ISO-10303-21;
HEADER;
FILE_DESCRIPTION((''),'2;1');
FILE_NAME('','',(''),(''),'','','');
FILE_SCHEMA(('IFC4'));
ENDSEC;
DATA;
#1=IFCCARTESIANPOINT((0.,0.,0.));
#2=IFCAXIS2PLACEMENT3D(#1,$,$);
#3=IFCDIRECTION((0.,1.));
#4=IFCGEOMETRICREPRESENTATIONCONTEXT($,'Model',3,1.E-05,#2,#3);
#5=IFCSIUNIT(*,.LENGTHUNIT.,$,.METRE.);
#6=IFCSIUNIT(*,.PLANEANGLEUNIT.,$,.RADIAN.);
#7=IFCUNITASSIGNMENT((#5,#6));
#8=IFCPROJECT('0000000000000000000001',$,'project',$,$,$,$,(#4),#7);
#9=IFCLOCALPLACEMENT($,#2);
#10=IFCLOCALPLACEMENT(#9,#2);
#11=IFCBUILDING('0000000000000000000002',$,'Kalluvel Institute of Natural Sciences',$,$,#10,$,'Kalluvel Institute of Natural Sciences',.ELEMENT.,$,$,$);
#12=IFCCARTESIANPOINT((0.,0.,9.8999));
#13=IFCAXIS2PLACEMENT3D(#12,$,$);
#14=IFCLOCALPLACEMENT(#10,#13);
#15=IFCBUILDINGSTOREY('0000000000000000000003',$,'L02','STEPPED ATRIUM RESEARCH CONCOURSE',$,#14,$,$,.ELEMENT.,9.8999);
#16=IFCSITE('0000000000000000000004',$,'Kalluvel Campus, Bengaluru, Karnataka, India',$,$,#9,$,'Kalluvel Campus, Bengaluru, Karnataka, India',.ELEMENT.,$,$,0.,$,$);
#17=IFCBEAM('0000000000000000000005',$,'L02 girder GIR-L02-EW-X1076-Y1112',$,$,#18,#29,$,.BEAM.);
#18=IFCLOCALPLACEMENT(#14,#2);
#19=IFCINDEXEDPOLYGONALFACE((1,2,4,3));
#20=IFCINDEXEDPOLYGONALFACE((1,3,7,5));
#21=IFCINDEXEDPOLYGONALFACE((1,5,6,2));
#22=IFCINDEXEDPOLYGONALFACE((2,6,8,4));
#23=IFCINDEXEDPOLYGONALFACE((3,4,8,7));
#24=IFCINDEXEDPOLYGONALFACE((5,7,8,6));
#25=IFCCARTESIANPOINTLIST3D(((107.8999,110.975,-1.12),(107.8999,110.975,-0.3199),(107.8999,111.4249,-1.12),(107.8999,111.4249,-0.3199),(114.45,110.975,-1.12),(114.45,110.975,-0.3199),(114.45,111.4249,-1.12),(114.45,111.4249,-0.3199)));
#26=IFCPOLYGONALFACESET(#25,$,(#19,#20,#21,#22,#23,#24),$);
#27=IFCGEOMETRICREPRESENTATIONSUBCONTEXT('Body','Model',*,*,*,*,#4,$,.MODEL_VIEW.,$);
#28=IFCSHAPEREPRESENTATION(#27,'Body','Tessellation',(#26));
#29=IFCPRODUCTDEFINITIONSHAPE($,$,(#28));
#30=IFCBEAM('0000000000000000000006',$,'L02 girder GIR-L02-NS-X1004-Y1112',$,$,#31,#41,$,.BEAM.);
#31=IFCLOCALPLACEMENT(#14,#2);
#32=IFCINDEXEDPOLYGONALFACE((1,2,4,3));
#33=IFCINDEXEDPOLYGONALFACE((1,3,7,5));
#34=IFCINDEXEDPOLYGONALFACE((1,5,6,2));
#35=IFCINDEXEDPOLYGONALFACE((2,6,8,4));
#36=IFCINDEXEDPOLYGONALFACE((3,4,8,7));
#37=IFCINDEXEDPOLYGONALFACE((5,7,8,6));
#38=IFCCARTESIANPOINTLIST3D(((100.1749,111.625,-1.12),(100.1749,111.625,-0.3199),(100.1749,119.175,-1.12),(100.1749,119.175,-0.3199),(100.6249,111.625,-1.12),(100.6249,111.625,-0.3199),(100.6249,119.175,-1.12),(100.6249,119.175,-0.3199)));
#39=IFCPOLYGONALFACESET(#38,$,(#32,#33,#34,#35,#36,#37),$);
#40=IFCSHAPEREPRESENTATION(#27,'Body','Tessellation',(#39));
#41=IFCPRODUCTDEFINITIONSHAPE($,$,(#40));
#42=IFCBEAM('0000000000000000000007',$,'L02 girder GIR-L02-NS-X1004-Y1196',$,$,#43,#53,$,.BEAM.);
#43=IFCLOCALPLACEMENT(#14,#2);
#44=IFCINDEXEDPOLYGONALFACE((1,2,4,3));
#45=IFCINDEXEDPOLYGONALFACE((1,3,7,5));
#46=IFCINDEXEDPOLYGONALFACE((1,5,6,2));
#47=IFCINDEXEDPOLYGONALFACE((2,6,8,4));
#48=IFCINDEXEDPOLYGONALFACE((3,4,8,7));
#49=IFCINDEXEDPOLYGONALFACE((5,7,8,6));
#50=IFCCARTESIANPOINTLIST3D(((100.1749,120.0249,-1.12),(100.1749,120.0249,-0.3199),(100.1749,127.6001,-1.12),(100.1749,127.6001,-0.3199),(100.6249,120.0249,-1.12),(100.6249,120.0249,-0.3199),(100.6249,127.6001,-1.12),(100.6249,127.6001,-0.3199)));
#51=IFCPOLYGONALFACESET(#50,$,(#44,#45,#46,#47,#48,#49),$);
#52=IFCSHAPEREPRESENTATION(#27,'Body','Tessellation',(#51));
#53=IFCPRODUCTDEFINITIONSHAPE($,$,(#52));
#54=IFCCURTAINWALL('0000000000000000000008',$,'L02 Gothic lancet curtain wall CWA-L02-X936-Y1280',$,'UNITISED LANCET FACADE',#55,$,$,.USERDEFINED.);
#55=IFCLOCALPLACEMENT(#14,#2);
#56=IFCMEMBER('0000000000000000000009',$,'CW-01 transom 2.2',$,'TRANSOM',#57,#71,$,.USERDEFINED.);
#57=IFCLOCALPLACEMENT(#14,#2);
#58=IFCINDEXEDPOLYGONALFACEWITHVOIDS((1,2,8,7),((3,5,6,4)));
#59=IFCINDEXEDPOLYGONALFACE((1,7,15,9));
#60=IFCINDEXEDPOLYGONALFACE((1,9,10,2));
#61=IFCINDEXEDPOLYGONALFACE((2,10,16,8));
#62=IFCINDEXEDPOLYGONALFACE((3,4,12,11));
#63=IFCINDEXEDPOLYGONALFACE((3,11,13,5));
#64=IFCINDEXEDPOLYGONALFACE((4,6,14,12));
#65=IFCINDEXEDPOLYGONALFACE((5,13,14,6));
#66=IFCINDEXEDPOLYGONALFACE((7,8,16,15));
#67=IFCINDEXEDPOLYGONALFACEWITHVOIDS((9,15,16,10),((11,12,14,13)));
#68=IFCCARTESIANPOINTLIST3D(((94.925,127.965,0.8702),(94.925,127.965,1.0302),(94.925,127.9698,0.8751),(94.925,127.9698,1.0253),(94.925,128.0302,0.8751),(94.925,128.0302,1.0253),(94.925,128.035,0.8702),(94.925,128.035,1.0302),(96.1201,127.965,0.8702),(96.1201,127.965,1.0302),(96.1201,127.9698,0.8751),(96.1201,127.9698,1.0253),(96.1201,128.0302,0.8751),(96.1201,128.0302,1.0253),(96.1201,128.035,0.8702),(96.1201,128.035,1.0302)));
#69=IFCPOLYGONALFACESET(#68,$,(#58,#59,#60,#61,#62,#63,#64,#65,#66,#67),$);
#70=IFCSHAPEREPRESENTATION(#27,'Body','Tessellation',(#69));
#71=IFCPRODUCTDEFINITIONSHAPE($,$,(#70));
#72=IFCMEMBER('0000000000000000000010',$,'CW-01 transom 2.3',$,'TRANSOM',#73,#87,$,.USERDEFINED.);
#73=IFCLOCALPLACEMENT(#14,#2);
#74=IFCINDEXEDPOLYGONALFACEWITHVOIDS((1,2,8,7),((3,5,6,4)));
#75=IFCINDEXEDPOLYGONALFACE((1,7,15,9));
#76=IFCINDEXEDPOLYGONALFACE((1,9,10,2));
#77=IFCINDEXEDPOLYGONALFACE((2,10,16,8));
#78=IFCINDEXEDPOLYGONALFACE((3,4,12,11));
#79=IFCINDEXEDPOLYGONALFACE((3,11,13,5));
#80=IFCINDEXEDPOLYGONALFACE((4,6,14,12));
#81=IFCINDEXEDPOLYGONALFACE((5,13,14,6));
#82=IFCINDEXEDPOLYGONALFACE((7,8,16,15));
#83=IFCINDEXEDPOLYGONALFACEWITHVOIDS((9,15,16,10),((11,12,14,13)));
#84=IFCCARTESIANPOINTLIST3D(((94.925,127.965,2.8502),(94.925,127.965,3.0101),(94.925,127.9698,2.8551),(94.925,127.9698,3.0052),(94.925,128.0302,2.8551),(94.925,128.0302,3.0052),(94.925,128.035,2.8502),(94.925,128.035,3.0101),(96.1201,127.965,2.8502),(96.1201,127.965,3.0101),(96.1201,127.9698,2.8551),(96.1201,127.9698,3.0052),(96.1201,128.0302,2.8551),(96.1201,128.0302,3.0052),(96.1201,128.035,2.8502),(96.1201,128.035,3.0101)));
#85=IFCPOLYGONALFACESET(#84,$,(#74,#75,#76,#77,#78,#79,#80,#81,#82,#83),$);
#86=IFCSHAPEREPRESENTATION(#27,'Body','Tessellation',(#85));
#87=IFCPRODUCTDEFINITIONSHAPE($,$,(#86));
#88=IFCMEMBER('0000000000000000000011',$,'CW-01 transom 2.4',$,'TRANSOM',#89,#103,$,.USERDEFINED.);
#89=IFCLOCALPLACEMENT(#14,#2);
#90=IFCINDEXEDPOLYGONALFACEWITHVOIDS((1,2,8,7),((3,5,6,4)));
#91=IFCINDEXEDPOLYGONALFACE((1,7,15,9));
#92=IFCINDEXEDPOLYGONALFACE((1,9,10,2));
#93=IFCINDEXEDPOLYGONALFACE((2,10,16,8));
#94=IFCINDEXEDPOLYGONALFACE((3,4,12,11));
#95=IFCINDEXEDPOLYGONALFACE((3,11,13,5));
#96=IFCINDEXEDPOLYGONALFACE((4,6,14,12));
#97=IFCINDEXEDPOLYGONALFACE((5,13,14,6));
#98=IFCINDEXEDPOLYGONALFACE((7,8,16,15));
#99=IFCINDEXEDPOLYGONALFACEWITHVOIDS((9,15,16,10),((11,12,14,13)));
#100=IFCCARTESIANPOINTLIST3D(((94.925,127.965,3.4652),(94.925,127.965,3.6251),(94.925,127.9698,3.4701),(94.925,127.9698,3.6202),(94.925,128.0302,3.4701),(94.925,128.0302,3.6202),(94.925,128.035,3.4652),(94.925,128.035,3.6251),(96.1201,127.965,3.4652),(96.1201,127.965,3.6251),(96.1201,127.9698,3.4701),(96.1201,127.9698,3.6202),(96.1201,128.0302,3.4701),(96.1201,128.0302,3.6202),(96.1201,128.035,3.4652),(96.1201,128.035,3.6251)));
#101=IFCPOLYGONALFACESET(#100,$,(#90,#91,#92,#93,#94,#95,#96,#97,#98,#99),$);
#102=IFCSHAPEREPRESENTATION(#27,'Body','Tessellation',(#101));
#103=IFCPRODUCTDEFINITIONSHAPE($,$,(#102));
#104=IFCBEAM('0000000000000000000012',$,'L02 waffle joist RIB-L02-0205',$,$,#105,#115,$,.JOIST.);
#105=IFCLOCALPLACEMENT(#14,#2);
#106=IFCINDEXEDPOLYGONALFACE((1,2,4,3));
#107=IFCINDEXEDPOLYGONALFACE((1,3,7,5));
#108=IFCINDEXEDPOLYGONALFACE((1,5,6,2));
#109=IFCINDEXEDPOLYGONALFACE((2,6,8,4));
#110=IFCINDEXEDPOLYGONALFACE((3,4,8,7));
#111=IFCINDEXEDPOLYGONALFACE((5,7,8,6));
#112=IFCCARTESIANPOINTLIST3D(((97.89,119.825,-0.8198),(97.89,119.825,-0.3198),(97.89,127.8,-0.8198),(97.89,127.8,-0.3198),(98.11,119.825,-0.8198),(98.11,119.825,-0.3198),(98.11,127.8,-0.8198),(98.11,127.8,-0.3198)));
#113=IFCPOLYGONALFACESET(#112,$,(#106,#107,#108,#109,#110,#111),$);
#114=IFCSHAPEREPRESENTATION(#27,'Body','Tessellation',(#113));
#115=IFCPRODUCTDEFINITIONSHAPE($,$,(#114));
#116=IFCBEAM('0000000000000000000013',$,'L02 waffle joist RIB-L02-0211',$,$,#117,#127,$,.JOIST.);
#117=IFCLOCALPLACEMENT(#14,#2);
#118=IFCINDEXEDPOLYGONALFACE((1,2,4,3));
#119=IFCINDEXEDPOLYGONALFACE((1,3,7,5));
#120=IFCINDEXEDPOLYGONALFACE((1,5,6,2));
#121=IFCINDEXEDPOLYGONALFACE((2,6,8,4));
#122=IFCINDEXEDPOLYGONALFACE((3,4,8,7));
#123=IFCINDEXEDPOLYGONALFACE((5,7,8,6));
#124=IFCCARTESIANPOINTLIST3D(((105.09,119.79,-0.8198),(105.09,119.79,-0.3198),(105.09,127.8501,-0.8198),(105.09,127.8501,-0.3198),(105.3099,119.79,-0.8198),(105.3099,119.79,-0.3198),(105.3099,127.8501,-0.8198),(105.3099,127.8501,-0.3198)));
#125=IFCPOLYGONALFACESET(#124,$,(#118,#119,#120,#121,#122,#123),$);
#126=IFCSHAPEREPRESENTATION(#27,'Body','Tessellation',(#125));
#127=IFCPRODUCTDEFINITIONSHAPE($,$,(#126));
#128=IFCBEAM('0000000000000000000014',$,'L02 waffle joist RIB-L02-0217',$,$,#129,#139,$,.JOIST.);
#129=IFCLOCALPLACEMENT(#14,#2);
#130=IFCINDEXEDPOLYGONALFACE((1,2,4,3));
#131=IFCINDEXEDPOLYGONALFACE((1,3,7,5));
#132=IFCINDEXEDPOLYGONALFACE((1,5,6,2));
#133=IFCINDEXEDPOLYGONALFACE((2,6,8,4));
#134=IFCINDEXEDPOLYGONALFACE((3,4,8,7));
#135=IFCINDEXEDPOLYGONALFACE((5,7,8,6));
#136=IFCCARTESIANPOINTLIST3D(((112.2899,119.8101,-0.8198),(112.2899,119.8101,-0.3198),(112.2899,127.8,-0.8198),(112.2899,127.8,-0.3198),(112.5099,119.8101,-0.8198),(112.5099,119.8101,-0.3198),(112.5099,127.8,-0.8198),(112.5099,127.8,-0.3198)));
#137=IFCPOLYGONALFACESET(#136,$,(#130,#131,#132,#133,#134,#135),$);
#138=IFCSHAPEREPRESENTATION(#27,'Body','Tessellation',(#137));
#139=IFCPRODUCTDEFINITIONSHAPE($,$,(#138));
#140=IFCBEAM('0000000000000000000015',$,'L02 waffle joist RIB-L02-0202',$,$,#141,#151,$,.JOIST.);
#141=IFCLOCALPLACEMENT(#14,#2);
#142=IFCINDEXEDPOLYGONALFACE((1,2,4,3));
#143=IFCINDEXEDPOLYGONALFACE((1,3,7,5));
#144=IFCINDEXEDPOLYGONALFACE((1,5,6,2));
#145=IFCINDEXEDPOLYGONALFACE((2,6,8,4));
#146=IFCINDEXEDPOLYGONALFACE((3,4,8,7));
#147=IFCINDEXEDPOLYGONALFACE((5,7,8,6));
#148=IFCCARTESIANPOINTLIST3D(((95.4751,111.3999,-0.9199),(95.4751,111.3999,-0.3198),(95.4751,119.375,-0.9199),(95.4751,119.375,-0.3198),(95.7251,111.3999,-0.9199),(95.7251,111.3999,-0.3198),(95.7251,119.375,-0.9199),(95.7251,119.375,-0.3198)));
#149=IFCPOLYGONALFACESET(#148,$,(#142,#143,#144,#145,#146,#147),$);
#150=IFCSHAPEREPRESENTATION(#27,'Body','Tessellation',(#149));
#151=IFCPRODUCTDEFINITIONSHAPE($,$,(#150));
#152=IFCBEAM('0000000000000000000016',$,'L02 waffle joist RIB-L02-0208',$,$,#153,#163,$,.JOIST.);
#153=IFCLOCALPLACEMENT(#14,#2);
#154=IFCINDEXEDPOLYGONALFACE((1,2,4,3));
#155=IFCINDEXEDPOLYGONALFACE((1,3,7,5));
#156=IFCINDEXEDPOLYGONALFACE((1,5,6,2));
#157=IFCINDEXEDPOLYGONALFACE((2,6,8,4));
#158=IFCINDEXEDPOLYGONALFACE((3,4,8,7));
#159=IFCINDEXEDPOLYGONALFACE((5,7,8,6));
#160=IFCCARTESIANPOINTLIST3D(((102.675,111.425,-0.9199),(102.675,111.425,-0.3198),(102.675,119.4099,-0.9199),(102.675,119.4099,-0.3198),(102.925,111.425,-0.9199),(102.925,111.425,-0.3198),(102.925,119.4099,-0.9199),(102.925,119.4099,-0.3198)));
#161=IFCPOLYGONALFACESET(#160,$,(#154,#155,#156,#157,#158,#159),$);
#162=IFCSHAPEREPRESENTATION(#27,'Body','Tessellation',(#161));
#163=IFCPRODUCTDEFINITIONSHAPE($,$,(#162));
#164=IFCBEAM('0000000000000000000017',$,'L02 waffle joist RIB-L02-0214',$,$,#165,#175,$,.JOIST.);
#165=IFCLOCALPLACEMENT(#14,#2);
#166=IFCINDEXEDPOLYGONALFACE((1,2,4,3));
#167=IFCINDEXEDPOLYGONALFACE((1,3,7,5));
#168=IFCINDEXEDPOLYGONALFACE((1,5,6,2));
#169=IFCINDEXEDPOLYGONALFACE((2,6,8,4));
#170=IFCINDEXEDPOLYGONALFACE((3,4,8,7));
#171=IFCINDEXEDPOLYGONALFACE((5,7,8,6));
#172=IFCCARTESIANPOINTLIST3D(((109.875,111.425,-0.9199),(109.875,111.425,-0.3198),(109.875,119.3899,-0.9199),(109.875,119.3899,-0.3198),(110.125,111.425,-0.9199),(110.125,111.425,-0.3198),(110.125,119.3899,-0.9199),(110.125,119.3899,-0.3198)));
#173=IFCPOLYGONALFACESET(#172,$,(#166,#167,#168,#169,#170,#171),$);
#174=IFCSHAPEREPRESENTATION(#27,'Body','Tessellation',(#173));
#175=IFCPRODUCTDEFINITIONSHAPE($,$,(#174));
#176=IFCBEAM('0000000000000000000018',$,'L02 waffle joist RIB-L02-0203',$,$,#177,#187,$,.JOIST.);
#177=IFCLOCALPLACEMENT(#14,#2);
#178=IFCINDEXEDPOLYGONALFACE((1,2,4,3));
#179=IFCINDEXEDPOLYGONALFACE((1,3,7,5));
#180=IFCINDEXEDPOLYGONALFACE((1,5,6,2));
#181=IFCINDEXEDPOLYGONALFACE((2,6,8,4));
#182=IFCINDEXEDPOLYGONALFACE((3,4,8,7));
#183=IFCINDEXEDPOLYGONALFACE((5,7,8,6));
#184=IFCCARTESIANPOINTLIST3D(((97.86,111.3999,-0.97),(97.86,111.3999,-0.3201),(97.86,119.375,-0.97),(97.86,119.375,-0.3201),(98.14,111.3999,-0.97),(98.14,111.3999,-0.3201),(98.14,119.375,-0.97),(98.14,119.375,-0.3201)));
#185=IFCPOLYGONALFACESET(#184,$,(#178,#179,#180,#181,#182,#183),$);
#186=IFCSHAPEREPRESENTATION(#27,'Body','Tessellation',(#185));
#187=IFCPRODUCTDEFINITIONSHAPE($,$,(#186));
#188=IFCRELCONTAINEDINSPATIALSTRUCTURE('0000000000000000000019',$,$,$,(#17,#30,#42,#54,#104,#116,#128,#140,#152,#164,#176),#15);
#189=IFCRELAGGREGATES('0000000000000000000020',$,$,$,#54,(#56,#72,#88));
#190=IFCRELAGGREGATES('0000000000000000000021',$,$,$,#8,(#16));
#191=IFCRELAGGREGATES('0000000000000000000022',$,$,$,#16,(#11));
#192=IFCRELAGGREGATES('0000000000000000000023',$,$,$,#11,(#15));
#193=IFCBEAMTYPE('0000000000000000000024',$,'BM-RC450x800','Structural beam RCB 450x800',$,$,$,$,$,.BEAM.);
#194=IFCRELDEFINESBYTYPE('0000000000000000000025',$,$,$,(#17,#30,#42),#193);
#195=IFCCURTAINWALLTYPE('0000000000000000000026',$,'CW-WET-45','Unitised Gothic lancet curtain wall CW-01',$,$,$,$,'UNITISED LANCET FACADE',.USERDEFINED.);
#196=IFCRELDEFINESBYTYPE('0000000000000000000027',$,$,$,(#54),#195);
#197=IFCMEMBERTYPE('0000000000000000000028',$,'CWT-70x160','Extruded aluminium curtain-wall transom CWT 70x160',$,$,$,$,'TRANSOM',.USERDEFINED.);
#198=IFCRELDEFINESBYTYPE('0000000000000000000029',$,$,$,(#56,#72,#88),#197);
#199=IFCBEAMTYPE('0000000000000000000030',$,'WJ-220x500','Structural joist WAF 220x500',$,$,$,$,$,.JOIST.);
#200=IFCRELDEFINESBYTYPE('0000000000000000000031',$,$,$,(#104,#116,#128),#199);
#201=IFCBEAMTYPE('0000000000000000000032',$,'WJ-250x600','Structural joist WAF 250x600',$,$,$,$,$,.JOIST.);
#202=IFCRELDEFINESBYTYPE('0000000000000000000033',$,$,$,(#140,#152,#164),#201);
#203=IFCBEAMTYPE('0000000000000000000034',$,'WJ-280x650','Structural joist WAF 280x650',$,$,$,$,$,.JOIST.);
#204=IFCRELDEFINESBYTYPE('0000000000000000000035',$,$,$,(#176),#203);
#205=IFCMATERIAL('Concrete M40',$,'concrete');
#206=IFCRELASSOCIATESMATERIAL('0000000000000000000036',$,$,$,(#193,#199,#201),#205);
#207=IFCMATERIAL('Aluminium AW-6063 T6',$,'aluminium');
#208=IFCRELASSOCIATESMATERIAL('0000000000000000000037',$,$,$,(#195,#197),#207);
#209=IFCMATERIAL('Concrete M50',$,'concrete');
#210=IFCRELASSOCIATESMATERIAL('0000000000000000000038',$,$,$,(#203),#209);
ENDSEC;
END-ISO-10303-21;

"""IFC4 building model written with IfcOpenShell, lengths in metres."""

from ifc_helpers import new_model, si_unit, direction, frame, origin, origin_2d, place, context, subcontext, project, spatial, rectangle, hollow_rectangle, extrude, material, material_profile, profile_set, type_object, element, aggregate, save


model = new_model("IFC4")

# Units and contexts
model_context = context("Model", 3, precision=1e-05, world=origin(), true_north=direction((0.0, 1.0)))
body_context = subcontext(model_context, "Body", "Model", "MODEL_VIEW")
ifc_project = project(units=[si_unit("LENGTHUNIT", "METRE"), si_unit("PLANEANGLEUNIT", "RADIAN")], contexts=[model_context])

# Site, building, storey
site_placement = place(None, origin())
site = spatial("IfcSite", under=ifc_project, at=site_placement, Name="Kalluvel Campus, Bengaluru, Karnataka, India", LongName="Kalluvel Campus, Bengaluru, Karnataka, India", CompositionType="ELEMENT", RefElevation=0.0)
building_placement = place(site_placement, origin())
building = spatial("IfcBuilding", under=site, at=building_placement, Name="Kalluvel Institute of Natural Sciences", LongName="Kalluvel Institute of Natural Sciences", CompositionType="ELEMENT")
storey_placement = place(building_placement, frame((0.0, 0.0, 9.8999)))
storey = spatial("IfcBuildingStorey", under=building, at=storey_placement, Name="L02", Description="STEPPED ATRIUM RESEARCH CONCOURSE", CompositionType="ELEMENT", Elevation=9.8999)

# Shared definitions
ifc_material_1 = material(Name="Concrete M50", Category="concrete")
ifc_material_2 = material(Name="Concrete M40", Category="concrete")

# Beams
ifc_material_profile_1 = material_profile(ifc_material_2, rectangle(XDim=0.45, YDim=0.8, at=origin_2d()), Name="RCB 450x800")
ifc_profile_set_1 = profile_set([ifc_material_profile_1], Name="Concrete M40")
beam_type_1 = type_object("IfcBeamType", Name="BM-RC450x800", Description="Structural beam RCB 450x800", PredefinedType="BEAM", material=ifc_profile_set_1)
beam_1_placement = place(storey_placement, frame((107.8999, 111.2, -0.72), z_axis=(1.0, 0.0, 0.0), x_axis=(0.0, 1.0, 0.0)))
element("IfcBeam", 1, at=beam_1_placement, inside=storey, type_object=beam_type_1, Name="L02 girder GIR-L02-EW-X1076-Y1112", PredefinedType="BEAM", context=body_context, shape_type="SweptSolid", body=[
    extrude(rectangle(XDim=0.45, YDim=0.8, at=origin_2d()), origin(), (0.0, 0.0, 1.0), 6.55),
])
beam_2_placement = place(storey_placement, frame((100.3999, 111.625, -0.72), z_axis=(0.0, 1.0, 0.0), x_axis=(-1.0, 0.0, 0.0)))
element("IfcBeam", 2, at=beam_2_placement, inside=storey, type_object=beam_type_1, Name="L02 girder GIR-L02-NS-X1004-Y1112", PredefinedType="BEAM", context=body_context, shape_type="SweptSolid", body=[
    extrude(rectangle(XDim=0.45, YDim=0.8, at=origin_2d()), origin(), (0.0, 0.0, 1.0), 7.55),
])
beam_3_placement = place(storey_placement, frame((100.3999, 120.0249, -0.72), z_axis=(0.0, 1.0, 0.0), x_axis=(-1.0, 0.0, 0.0)))
element("IfcBeam", 3, at=beam_3_placement, inside=storey, type_object=beam_type_1, Name="L02 girder GIR-L02-NS-X1004-Y1196", PredefinedType="BEAM", context=body_context, shape_type="SweptSolid", body=[
    extrude(rectangle(XDim=0.45, YDim=0.8, at=origin_2d()), origin(), (0.0, 0.0, 1.0), 7.5752),
])

# Curtain wall, members
ifc_material_3 = material(Name="Aluminium AW-6063 T6", Category="aluminium")
curtain_wall_type = type_object("IfcCurtainWallType", Name="CW-WET-45", Description="Unitised Gothic lancet curtain wall CW-01", ElementType="UNITISED LANCET FACADE", PredefinedType="USERDEFINED", material=ifc_material_3)
curtain_wall_placement = place(storey_placement, origin())
curtain_wall = element("IfcCurtainWall", 4, at=curtain_wall_placement, inside=storey, type_object=curtain_wall_type, Name="L02 Gothic lancet curtain wall CWA-L02-X936-Y1280", ObjectType="UNITISED LANCET FACADE", PredefinedType="USERDEFINED")
ifc_material_profile_2 = material_profile(ifc_material_3, hollow_rectangle(XDim=0.0701, YDim=0.1599, WallThickness=0.0049, at=origin_2d()), Name="CWT 70x160")
ifc_profile_set_2 = profile_set([ifc_material_profile_2], Name="Aluminium AW-6063 T6")
member_type = type_object("IfcMemberType", Name="CWT-70x160", Description="Extruded aluminium curtain-wall transom CWT 70x160", ElementType="TRANSOM", PredefinedType="USERDEFINED", material=ifc_profile_set_2)
member_1_placement = place(storey_placement, frame((94.925, 128.0, 0.9502), z_axis=(1.0, 0.0, 0.0), x_axis=(0.0, 1.0, 0.0)))
member_1 = element("IfcMember", 5, at=member_1_placement, type_object=member_type, Name="CW-01 transom 2.2", ObjectType="TRANSOM", PredefinedType="USERDEFINED", context=body_context, shape_type="SweptSolid", body=[
    extrude(hollow_rectangle(XDim=0.0701, YDim=0.1599, WallThickness=0.0049, at=origin_2d()), origin(), (0.0, 0.0, 1.0), 1.1951),
])
member_2_placement = place(storey_placement, frame((94.925, 128.0, 2.9302), z_axis=(1.0, 0.0, 0.0), x_axis=(0.0, 1.0, 0.0)))
member_2 = element("IfcMember", 6, at=member_2_placement, type_object=member_type, Name="CW-01 transom 2.3", ObjectType="TRANSOM", PredefinedType="USERDEFINED", context=body_context, shape_type="SweptSolid", body=[
    extrude(hollow_rectangle(XDim=0.0701, YDim=0.1599, WallThickness=0.0049, at=origin_2d()), origin(), (0.0, 0.0, 1.0), 1.1951),
])
member_3_placement = place(storey_placement, frame((94.925, 128.0, 3.5452), z_axis=(1.0, 0.0, 0.0), x_axis=(0.0, 1.0, 0.0)))
member_3 = element("IfcMember", 7, at=member_3_placement, type_object=member_type, Name="CW-01 transom 2.4", ObjectType="TRANSOM", PredefinedType="USERDEFINED", context=body_context, shape_type="SweptSolid", body=[
    extrude(hollow_rectangle(XDim=0.0701, YDim=0.1599, WallThickness=0.0049, at=origin_2d()), origin(), (0.0, 0.0, 1.0), 1.1951),
])

# Beams
ifc_material_profile_3 = material_profile(ifc_material_2, rectangle(XDim=0.22, YDim=0.5, at=origin_2d()), Name="WAF 220x500")
ifc_profile_set_3 = profile_set([ifc_material_profile_3], Name="Concrete M40")
beam_type_2 = type_object("IfcBeamType", Name="WJ-220x500", Description="Structural joist WAF 220x500", PredefinedType="JOIST", material=ifc_profile_set_3)
beam_4_placement = place(storey_placement, frame((98.0, 119.825, -0.5698), z_axis=(0.0, 1.0, 0.0), x_axis=(-1.0, 0.0, 0.0)))
element("IfcBeam", 8, at=beam_4_placement, inside=storey, type_object=beam_type_2, Name="L02 waffle joist RIB-L02-0205", PredefinedType="JOIST", context=body_context, shape_type="SweptSolid", body=[
    extrude(rectangle(XDim=0.22, YDim=0.5, at=origin_2d()), origin(), (0.0, 0.0, 1.0), 7.9751),
])
beam_5_placement = place(storey_placement, frame((105.2, 119.79, -0.5698), z_axis=(0.0, 1.0, 0.0), x_axis=(-1.0, 0.0, 0.0)))
element("IfcBeam", 9, at=beam_5_placement, inside=storey, type_object=beam_type_2, Name="L02 waffle joist RIB-L02-0211", PredefinedType="JOIST", context=body_context, shape_type="SweptSolid", body=[
    extrude(rectangle(XDim=0.22, YDim=0.5, at=origin_2d()), origin(), (0.0, 0.0, 1.0), 8.0601),
])
beam_6_placement = place(storey_placement, frame((112.3999, 119.8101, -0.5698), z_axis=(0.0, 1.0, 0.0), x_axis=(-1.0, 0.0, 0.0)))
element("IfcBeam", 10, at=beam_6_placement, inside=storey, type_object=beam_type_2, Name="L02 waffle joist RIB-L02-0217", PredefinedType="JOIST", context=body_context, shape_type="SweptSolid", body=[
    extrude(rectangle(XDim=0.22, YDim=0.5, at=origin_2d()), origin(), (0.0, 0.0, 1.0), 7.99),
])
ifc_material_profile_4 = material_profile(ifc_material_2, rectangle(XDim=0.25, YDim=0.6001, at=origin_2d()), Name="WAF 250x600")
ifc_profile_set_4 = profile_set([ifc_material_profile_4], Name="Concrete M40")
beam_type_3 = type_object("IfcBeamType", Name="WJ-250x600", Description="Structural joist WAF 250x600", PredefinedType="JOIST", material=ifc_profile_set_4)
beam_7_placement = place(storey_placement, frame((95.6001, 111.3999, -0.6199), z_axis=(0.0, 1.0, 0.0), x_axis=(-1.0, 0.0, 0.0)))
element("IfcBeam", 11, at=beam_7_placement, inside=storey, type_object=beam_type_3, Name="L02 waffle joist RIB-L02-0202", PredefinedType="JOIST", context=body_context, shape_type="SweptSolid", body=[
    extrude(rectangle(XDim=0.25, YDim=0.6001, at=origin_2d()), origin(), (0.0, 0.0, 1.0), 7.9751),
])
beam_8_placement = place(storey_placement, frame((102.8, 111.425, -0.6199), z_axis=(0.0, 1.0, 0.0), x_axis=(-1.0, 0.0, 0.0)))
element("IfcBeam", 12, at=beam_8_placement, inside=storey, type_object=beam_type_3, Name="L02 waffle joist RIB-L02-0208", PredefinedType="JOIST", context=body_context, shape_type="SweptSolid", body=[
    extrude(rectangle(XDim=0.25, YDim=0.6001, at=origin_2d()), origin(), (0.0, 0.0, 1.0), 7.9849),
])
beam_9_placement = place(storey_placement, frame((110.0, 111.425, -0.6199), z_axis=(0.0, 1.0, 0.0), x_axis=(-1.0, 0.0, 0.0)))
element("IfcBeam", 13, at=beam_9_placement, inside=storey, type_object=beam_type_3, Name="L02 waffle joist RIB-L02-0214", PredefinedType="JOIST", context=body_context, shape_type="SweptSolid", body=[
    extrude(rectangle(XDim=0.25, YDim=0.6001, at=origin_2d()), origin(), (0.0, 0.0, 1.0), 7.9648),
])
ifc_material_profile_5 = material_profile(ifc_material_1, rectangle(XDim=0.28, YDim=0.6499, at=origin_2d()), Name="WAF 280x650")
ifc_profile_set_5 = profile_set([ifc_material_profile_5], Name="Concrete M50")
beam_type_4 = type_object("IfcBeamType", Name="WJ-280x650", Description="Structural joist WAF 280x650", PredefinedType="JOIST", material=ifc_profile_set_5)
for number, where, z_axis, x_axis, name in (
    (14, (98.0, 111.3999, -0.645), (0.0, 1.0, 0.0), (-1.0, 0.0, 0.0), "L02 waffle joist RIB-L02-0203"),
):
    element("IfcBeam", number, at=place(storey_placement, frame(where, z_axis=z_axis, x_axis=x_axis)), inside=storey, type_object=beam_type_4, Name=name, PredefinedType="JOIST", context=body_context, shape_type="SweptSolid", body=[
        extrude(rectangle(XDim=0.28, YDim=0.6499, at=origin_2d()), origin(), (0.0, 0.0, 1.0), 7.9751),
    ])

aggregate(curtain_wall, [member_1, member_2, member_3])

save(model, "model.ifc")
